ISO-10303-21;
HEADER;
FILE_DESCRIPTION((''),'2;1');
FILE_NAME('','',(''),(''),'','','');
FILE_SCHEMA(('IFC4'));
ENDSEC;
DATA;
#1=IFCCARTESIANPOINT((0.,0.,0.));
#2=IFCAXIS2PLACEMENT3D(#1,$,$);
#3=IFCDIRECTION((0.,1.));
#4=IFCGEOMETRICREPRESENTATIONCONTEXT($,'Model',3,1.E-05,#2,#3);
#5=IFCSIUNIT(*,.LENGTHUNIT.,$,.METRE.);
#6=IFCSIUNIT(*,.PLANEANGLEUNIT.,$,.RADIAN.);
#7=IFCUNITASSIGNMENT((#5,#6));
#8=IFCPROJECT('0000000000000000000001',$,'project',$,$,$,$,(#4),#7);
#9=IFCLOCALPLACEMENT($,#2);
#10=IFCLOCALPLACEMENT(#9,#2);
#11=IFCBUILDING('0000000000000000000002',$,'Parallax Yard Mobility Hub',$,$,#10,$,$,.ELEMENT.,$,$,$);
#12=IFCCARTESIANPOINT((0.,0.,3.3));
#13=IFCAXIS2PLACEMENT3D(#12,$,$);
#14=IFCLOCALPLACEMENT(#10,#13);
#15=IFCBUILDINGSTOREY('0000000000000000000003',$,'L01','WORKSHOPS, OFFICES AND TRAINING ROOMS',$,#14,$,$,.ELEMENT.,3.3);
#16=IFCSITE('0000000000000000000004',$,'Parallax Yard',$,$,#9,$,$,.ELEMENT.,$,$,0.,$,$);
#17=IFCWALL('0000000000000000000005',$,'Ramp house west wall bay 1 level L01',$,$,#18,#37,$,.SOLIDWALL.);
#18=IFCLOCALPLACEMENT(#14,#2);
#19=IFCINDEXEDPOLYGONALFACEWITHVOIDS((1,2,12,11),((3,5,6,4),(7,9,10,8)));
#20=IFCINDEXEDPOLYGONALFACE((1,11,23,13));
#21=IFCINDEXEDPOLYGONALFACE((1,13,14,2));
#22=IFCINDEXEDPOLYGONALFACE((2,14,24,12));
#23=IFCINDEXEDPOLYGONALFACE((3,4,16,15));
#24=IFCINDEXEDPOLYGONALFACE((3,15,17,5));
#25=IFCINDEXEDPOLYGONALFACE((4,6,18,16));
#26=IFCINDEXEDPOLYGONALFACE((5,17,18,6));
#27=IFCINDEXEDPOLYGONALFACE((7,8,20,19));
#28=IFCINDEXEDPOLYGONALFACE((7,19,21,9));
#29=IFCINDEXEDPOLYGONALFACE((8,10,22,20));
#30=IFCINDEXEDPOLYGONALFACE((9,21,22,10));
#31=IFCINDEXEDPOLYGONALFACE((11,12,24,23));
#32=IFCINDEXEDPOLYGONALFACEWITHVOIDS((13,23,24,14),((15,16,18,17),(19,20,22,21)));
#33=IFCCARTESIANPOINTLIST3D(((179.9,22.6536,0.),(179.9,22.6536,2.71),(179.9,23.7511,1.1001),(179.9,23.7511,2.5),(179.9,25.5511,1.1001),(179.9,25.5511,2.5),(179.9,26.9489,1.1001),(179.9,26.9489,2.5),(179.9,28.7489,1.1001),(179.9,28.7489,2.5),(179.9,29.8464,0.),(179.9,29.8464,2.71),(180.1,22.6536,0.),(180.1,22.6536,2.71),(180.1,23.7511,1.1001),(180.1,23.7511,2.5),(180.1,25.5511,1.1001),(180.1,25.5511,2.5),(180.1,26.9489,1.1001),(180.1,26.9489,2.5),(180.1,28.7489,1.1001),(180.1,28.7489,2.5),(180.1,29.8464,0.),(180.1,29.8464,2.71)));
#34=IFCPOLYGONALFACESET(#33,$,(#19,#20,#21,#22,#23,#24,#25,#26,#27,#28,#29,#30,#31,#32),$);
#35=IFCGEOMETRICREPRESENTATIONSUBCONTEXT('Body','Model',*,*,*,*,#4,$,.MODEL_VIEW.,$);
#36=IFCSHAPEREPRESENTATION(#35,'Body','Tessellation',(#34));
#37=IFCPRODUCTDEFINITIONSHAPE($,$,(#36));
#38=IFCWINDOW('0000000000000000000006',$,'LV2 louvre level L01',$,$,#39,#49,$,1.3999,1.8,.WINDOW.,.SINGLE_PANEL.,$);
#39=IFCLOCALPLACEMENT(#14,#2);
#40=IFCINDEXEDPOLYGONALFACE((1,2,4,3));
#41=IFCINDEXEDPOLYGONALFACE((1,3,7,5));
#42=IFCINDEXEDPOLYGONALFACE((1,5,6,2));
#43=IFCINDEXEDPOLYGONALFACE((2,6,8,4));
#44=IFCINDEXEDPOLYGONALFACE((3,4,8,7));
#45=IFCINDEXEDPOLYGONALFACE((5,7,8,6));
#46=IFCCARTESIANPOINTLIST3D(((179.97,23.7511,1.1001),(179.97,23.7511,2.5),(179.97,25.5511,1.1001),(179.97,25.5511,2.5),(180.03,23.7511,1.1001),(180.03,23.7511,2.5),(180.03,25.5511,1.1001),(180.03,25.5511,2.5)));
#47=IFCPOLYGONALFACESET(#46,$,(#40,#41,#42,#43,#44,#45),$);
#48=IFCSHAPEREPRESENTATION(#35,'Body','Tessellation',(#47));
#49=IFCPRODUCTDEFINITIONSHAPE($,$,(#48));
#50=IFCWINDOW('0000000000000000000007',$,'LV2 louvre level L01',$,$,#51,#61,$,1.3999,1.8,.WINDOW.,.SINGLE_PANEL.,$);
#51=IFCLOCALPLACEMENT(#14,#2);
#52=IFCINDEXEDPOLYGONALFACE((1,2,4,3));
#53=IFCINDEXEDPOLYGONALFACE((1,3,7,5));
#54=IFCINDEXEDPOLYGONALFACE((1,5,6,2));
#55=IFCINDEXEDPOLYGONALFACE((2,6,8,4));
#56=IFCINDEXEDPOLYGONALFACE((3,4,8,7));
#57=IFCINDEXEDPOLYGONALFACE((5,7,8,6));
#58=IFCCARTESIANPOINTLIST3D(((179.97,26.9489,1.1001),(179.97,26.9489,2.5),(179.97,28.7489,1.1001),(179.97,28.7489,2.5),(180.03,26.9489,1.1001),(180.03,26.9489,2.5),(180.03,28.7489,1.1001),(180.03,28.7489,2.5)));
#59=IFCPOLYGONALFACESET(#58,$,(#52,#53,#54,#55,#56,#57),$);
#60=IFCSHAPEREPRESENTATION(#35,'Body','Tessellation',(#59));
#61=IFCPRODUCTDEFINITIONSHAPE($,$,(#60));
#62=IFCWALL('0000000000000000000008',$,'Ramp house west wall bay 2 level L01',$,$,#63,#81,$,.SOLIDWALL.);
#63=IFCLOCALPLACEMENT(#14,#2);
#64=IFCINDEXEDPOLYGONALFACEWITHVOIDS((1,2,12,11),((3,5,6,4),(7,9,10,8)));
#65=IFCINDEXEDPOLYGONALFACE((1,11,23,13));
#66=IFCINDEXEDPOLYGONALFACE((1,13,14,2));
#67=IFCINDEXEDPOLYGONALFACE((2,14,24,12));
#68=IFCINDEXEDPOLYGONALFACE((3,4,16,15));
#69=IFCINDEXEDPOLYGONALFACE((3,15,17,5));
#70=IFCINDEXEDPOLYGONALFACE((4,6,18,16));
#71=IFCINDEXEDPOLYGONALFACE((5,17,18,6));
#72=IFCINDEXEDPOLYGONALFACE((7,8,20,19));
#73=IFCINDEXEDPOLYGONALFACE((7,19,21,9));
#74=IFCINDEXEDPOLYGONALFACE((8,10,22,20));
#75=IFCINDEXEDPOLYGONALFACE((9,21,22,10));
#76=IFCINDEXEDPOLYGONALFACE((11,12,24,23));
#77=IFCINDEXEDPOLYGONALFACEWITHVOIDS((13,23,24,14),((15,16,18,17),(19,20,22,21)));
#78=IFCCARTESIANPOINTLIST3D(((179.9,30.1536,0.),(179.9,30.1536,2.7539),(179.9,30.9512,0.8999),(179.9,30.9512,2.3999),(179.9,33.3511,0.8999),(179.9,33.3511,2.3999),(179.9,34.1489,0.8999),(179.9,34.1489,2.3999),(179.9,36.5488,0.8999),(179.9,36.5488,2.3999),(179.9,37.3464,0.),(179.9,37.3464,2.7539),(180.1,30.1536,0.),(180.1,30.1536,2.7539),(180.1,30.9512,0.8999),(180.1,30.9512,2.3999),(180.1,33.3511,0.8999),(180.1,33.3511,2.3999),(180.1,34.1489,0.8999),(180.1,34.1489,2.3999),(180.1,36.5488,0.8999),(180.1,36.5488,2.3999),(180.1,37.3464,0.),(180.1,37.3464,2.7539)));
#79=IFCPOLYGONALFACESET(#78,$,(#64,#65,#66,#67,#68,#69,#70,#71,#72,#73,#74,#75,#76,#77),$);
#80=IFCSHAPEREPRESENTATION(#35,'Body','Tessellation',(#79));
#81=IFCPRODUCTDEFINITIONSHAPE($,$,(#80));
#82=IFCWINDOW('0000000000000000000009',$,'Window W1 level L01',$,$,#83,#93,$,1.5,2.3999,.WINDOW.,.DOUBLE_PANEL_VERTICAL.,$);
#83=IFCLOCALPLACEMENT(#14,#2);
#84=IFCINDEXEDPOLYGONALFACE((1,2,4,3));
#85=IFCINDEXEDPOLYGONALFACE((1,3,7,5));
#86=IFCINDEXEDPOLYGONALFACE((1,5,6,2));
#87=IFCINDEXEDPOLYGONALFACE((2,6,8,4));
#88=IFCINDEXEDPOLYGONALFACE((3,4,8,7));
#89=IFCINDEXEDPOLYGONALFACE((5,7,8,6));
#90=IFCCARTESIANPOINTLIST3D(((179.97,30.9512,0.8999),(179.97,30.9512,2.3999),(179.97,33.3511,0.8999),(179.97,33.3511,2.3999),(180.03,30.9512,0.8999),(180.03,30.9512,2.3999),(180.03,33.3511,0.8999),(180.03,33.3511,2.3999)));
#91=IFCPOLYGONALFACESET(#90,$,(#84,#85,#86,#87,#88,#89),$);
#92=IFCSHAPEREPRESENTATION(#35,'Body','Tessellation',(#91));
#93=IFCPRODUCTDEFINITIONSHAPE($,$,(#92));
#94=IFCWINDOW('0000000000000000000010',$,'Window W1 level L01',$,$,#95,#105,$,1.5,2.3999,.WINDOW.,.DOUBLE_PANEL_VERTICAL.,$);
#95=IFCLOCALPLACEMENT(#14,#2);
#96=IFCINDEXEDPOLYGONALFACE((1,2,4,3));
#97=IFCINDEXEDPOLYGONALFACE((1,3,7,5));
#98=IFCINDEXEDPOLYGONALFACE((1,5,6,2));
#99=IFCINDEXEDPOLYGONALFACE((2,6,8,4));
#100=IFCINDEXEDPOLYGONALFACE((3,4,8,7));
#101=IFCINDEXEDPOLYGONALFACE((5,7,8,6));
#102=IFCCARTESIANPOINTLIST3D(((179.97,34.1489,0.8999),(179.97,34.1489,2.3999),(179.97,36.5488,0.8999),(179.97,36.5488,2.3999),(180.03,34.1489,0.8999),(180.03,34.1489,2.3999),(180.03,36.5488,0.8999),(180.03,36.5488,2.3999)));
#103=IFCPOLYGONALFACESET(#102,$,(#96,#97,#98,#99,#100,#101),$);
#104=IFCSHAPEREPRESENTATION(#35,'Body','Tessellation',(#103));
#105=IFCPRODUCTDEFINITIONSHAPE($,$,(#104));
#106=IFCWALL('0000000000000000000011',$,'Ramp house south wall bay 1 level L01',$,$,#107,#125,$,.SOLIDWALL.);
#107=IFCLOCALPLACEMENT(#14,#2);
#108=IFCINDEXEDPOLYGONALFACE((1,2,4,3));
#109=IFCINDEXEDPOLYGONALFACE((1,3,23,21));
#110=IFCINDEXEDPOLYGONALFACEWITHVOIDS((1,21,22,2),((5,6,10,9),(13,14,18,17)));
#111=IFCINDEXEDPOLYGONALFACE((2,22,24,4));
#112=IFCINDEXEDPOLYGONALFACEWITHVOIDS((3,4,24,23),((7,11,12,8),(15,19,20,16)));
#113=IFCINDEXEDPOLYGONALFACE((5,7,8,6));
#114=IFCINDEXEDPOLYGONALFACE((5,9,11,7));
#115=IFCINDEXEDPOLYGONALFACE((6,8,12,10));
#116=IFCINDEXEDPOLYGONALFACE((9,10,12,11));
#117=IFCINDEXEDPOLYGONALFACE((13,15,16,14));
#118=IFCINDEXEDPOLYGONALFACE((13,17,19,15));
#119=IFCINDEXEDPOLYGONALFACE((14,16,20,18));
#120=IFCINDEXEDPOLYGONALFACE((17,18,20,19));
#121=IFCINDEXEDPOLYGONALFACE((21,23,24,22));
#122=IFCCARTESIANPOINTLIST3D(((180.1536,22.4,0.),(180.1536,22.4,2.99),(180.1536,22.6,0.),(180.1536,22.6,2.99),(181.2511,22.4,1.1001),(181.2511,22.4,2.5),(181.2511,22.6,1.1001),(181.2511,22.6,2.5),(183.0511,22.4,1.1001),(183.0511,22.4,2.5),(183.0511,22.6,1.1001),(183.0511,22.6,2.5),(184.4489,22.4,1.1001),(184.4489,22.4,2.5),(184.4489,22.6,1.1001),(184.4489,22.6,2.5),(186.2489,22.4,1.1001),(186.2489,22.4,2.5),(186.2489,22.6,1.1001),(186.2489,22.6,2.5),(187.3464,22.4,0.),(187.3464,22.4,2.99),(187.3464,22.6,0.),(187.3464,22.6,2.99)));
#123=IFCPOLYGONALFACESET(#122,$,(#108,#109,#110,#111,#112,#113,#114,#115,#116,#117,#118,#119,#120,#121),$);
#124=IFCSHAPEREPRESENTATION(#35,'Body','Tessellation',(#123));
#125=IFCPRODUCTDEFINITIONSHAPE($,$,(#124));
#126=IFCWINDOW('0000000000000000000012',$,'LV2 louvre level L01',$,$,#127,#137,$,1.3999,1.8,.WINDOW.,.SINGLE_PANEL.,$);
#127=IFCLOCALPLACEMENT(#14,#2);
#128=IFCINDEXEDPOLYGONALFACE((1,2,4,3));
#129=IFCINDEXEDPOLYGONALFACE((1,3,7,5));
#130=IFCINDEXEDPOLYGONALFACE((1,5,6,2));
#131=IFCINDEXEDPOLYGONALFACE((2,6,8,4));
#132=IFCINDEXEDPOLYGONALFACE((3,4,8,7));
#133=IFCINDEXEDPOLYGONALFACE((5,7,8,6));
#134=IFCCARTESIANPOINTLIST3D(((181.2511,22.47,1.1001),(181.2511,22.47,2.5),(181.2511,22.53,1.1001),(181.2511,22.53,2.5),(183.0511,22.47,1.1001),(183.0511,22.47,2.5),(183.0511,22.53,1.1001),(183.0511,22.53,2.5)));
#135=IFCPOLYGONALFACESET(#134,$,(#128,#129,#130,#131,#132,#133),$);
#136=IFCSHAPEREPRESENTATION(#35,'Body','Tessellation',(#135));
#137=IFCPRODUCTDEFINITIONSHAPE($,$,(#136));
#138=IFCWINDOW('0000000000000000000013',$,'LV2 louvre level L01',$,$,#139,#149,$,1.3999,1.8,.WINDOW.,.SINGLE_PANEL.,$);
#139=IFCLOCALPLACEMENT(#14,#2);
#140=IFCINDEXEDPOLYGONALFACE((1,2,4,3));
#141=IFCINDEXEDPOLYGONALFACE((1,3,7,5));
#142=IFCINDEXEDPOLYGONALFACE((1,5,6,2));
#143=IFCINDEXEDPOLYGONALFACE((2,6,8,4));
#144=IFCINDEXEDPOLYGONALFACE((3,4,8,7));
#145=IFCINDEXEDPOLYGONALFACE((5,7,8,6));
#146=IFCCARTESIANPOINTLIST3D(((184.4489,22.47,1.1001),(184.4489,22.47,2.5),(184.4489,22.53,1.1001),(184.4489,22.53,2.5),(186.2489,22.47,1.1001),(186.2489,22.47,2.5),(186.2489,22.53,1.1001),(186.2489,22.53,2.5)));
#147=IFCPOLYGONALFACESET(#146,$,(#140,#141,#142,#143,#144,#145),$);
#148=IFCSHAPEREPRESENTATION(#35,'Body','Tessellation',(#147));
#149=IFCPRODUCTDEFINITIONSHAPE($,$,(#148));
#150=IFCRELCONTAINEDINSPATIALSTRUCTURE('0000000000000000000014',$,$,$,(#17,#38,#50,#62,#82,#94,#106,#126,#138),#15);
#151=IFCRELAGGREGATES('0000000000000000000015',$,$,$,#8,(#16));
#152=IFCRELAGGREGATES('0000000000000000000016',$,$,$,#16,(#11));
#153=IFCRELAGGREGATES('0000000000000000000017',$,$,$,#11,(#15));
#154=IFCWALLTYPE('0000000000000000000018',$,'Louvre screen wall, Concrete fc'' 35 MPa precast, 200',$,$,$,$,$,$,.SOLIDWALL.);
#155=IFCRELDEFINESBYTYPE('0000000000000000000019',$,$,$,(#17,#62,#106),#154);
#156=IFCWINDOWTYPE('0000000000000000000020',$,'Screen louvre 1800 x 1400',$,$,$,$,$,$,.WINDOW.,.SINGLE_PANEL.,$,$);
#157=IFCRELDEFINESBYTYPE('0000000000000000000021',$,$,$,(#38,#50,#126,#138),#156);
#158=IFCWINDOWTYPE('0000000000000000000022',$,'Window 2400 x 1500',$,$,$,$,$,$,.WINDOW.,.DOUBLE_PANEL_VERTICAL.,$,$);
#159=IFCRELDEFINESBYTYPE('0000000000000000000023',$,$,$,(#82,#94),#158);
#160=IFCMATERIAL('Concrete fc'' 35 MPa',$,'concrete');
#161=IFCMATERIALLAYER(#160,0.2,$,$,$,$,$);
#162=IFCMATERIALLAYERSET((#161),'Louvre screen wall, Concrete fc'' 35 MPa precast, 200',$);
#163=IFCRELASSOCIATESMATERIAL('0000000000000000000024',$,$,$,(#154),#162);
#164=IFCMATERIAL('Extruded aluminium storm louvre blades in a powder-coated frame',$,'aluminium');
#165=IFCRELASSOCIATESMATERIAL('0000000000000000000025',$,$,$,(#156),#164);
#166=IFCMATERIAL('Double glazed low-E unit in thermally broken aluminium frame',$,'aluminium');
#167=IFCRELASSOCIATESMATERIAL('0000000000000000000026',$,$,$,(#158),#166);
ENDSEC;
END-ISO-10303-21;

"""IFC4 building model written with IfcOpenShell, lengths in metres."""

from ifc_helpers import new_model, si_unit, direction, frame, frame_2d, origin, place, context, subcontext, project, spatial, rectangle, extrude, material, layer, layer_set, type_object, element, fill, save


model = new_model("IFC4")

# Units and contexts
model_context = context("Model", 3, precision=1e-05, world=origin(), true_north=direction((0.0, 1.0)))
body_context = subcontext(model_context, "Body", "Model", "MODEL_VIEW")
ifc_project = project(units=[si_unit("LENGTHUNIT", "METRE"), si_unit("PLANEANGLEUNIT", "RADIAN")], contexts=[model_context])

# Site, building, storey
site_placement = place(None, origin())
site = spatial("IfcSite", under=ifc_project, at=site_placement, Name="Parallax Yard", CompositionType="ELEMENT", RefElevation=0.0)
building_placement = place(site_placement, origin())
building = spatial("IfcBuilding", under=site, at=building_placement, Name="Parallax Yard Mobility Hub", CompositionType="ELEMENT")
storey_placement = place(building_placement, frame((0.0, 0.0, 3.3)))
storey = spatial("IfcBuildingStorey", under=building, at=storey_placement, Name="L01", Description="WORKSHOPS, OFFICES AND TRAINING ROOMS", CompositionType="ELEMENT", Elevation=3.3)

# Walls, openings, windows
ifc_material_1 = material(Name="Concrete fc' 35 MPa", Category="concrete")
ifc_layer = layer(ifc_material_1, 0.2)
ifc_layer_set = layer_set([ifc_layer], Name="Louvre screen wall, Concrete fc' 35 MPa precast, 200")
wall_type = type_object("IfcWallType", Name="Louvre screen wall, Concrete fc' 35 MPa precast, 200", PredefinedType="SOLIDWALL", material=ifc_layer_set)
wall_1_placement = place(storey_placement, frame((180.0, 22.6536, 0.0), z_axis=(0.0, 0.0, 1.0), x_axis=(0.0, 1.0, 0.0)))
wall_1 = element("IfcWall", 1, at=wall_1_placement, inside=storey, type_object=wall_type, Name="Ramp house west wall bay 1 level L01", PredefinedType="SOLIDWALL", context=body_context, shape_type="SweptSolid", body=[
    extrude(rectangle(XDim=7.1929, YDim=0.2, at=frame_2d((3.5964, 0.0))), origin(), (0.0, 0.0, 1.0), 2.71),
])
opening_1_placement = place(wall_1_placement, frame((1.0977, 0.0, 1.1001)))
opening_1 = element("IfcOpeningElement", 2, at=opening_1_placement, cuts=wall_1, PredefinedType="OPENING", context=body_context, shape_type="SweptSolid", body=[
    extrude(rectangle(XDim=1.8, YDim=1.3999, at=frame_2d((0.8999, 0.7))), frame((0.0, 0.1099, 0.0), z_axis=(0.0, -1.0, 0.0), x_axis=(1.0, 0.0, 0.0)), (0.0, 0.0, 1.0), 0.22),
])
opening_2_placement = place(wall_1_placement, frame((4.2954, 0.0, 1.1001)))
opening_2 = element("IfcOpeningElement", 3, at=opening_2_placement, cuts=wall_1, PredefinedType="OPENING", context=body_context, shape_type="SweptSolid", body=[
    extrude(rectangle(XDim=1.8, YDim=1.3999, at=frame_2d((0.8999, 0.7))), frame((0.0, 0.1099, 0.0), z_axis=(0.0, -1.0, 0.0), x_axis=(1.0, 0.0, 0.0)), (0.0, 0.0, 1.0), 0.22),
])
ifc_material_2 = material(Name="Extruded aluminium storm louvre blades in a powder-coated frame", Category="aluminium")
window_type_1 = type_object("IfcWindowType", Name="Screen louvre 1800 x 1400", PartitioningType="SINGLE_PANEL", PredefinedType="WINDOW", material=ifc_material_2)
window_1_placement = place(opening_1_placement, origin())
window_1 = element("IfcWindow", 4, at=window_1_placement, inside=storey, type_object=window_type_1, Name="LV2 louvre level L01", OverallHeight=1.3999, OverallWidth=1.8, PartitioningType="SINGLE_PANEL", PredefinedType="WINDOW", context=body_context, shape_type="SweptSolid", body=[
    extrude(rectangle(XDim=1.8, YDim=1.3999, at=frame_2d((0.8999, 0.7))), frame((0.0, 0.03, 0.0), z_axis=(0.0, -1.0, 0.0), x_axis=(1.0, 0.0, 0.0)), (0.0, 0.0, 1.0), 0.0601),
])
fill(opening_1, window_1)
window_2_placement = place(opening_2_placement, origin())
window_2 = element("IfcWindow", 5, at=window_2_placement, inside=storey, type_object=window_type_1, Name="LV2 louvre level L01", OverallHeight=1.3999, OverallWidth=1.8, PartitioningType="SINGLE_PANEL", PredefinedType="WINDOW", context=body_context, shape_type="SweptSolid", body=[
    extrude(rectangle(XDim=1.8, YDim=1.3999, at=frame_2d((0.8999, 0.7))), frame((0.0, 0.03, 0.0), z_axis=(0.0, -1.0, 0.0), x_axis=(1.0, 0.0, 0.0)), (0.0, 0.0, 1.0), 0.0601),
])
fill(opening_2, window_2)
wall_2_placement = place(storey_placement, frame((180.0, 30.1536, 0.0), z_axis=(0.0, 0.0, 1.0), x_axis=(0.0, 1.0, 0.0)))
wall_2 = element("IfcWall", 6, at=wall_2_placement, inside=storey, type_object=wall_type, Name="Ramp house west wall bay 2 level L01", PredefinedType="SOLIDWALL", context=body_context, shape_type="SweptSolid", body=[
    extrude(rectangle(XDim=7.1929, YDim=0.2, at=frame_2d((3.5964, 0.0))), origin(), (0.0, 0.0, 1.0), 2.7539),
])
opening_3_placement = place(wall_2_placement, frame((0.7976, 0.0, 0.8999)))
opening_3 = element("IfcOpeningElement", 7, at=opening_3_placement, cuts=wall_2, PredefinedType="OPENING", context=body_context, shape_type="SweptSolid", body=[
    extrude(rectangle(XDim=2.3999, YDim=1.5, at=frame_2d((1.2, 0.75))), frame((0.0, 0.1099, 0.0), z_axis=(0.0, -1.0, 0.0), x_axis=(1.0, 0.0, 0.0)), (0.0, 0.0, 1.0), 0.22),
])
opening_4_placement = place(wall_2_placement, frame((3.9954, 0.0, 0.8999)))
opening_4 = element("IfcOpeningElement", 8, at=opening_4_placement, cuts=wall_2, PredefinedType="OPENING", context=body_context, shape_type="SweptSolid", body=[
    extrude(rectangle(XDim=2.3999, YDim=1.5, at=frame_2d((1.2, 0.75))), frame((0.0, 0.1099, 0.0), z_axis=(0.0, -1.0, 0.0), x_axis=(1.0, 0.0, 0.0)), (0.0, 0.0, 1.0), 0.22),
])
ifc_material_3 = material(Name="Double glazed low-E unit in thermally broken aluminium frame", Category="aluminium")
window_type_2 = type_object("IfcWindowType", Name="Window 2400 x 1500", PartitioningType="DOUBLE_PANEL_VERTICAL", PredefinedType="WINDOW", material=ifc_material_3)
window_3_placement = place(opening_3_placement, origin())
window_3 = element("IfcWindow", 9, at=window_3_placement, inside=storey, type_object=window_type_2, Name="Window W1 level L01", OverallHeight=1.5, OverallWidth=2.3999, PartitioningType="DOUBLE_PANEL_VERTICAL", PredefinedType="WINDOW", context=body_context, shape_type="SweptSolid", body=[
    extrude(rectangle(XDim=2.3999, YDim=1.5, at=frame_2d((1.2, 0.75))), frame((0.0, 0.03, 0.0), z_axis=(0.0, -1.0, 0.0), x_axis=(1.0, 0.0, 0.0)), (0.0, 0.0, 1.0), 0.0601),
])
fill(opening_3, window_3)
window_4_placement = place(opening_4_placement, origin())
window_4 = element("IfcWindow", 10, at=window_4_placement, inside=storey, type_object=window_type_2, Name="Window W1 level L01", OverallHeight=1.5, OverallWidth=2.3999, PartitioningType="DOUBLE_PANEL_VERTICAL", PredefinedType="WINDOW", context=body_context, shape_type="SweptSolid", body=[
    extrude(rectangle(XDim=2.3999, YDim=1.5, at=frame_2d((1.2, 0.75))), frame((0.0, 0.03, 0.0), z_axis=(0.0, -1.0, 0.0), x_axis=(1.0, 0.0, 0.0)), (0.0, 0.0, 1.0), 0.0601),
])
fill(opening_4, window_4)
wall_3_placement = place(storey_placement, frame((180.1536, 22.5, 0.0), z_axis=(0.0, 0.0, 1.0), x_axis=(1.0, 0.0, 0.0)))
wall_3 = element("IfcWall", 11, at=wall_3_placement, inside=storey, type_object=wall_type, Name="Ramp house south wall bay 1 level L01", PredefinedType="SOLIDWALL", context=body_context, shape_type="SweptSolid", body=[
    extrude(rectangle(XDim=7.1929, YDim=0.2, at=frame_2d((3.5964, 0.0))), origin(), (0.0, 0.0, 1.0), 2.99),
])
opening_5_placement = place(wall_3_placement, frame((1.0977, 0.0, 1.1001)))
opening_5 = element("IfcOpeningElement", 12, at=opening_5_placement, cuts=wall_3, PredefinedType="OPENING", context=body_context, shape_type="SweptSolid", body=[
    extrude(rectangle(XDim=1.8, YDim=1.3999, at=frame_2d((0.8999, 0.7))), frame((0.0, 0.1099, 0.0), z_axis=(0.0, -1.0, 0.0), x_axis=(1.0, 0.0, 0.0)), (0.0, 0.0, 1.0), 0.22),
])
opening_6_placement = place(wall_3_placement, frame((4.2954, 0.0, 1.1001)))
opening_6 = element("IfcOpeningElement", 13, at=opening_6_placement, cuts=wall_3, PredefinedType="OPENING", context=body_context, shape_type="SweptSolid", body=[
    extrude(rectangle(XDim=1.8, YDim=1.3999, at=frame_2d((0.8999, 0.7))), frame((0.0, 0.1099, 0.0), z_axis=(0.0, -1.0, 0.0), x_axis=(1.0, 0.0, 0.0)), (0.0, 0.0, 1.0), 0.22),
])
window_5_placement = place(opening_5_placement, origin())
window_5 = element("IfcWindow", 14, at=window_5_placement, inside=storey, type_object=window_type_1, Name="LV2 louvre level L01", OverallHeight=1.3999, OverallWidth=1.8, PartitioningType="SINGLE_PANEL", PredefinedType="WINDOW", context=body_context, shape_type="SweptSolid", body=[
    extrude(rectangle(XDim=1.8, YDim=1.3999, at=frame_2d((0.8999, 0.7))), frame((0.0, 0.03, 0.0), z_axis=(0.0, -1.0, 0.0), x_axis=(1.0, 0.0, 0.0)), (0.0, 0.0, 1.0), 0.0601),
])
fill(opening_5, window_5)
window_6_placement = place(opening_6_placement, origin())
window_6 = element("IfcWindow", 15, at=window_6_placement, inside=storey, type_object=window_type_1, Name="LV2 louvre level L01", OverallHeight=1.3999, OverallWidth=1.8, PartitioningType="SINGLE_PANEL", PredefinedType="WINDOW", context=body_context, shape_type="SweptSolid", body=[
    extrude(rectangle(XDim=1.8, YDim=1.3999, at=frame_2d((0.8999, 0.7))), frame((0.0, 0.03, 0.0), z_axis=(0.0, -1.0, 0.0), x_axis=(1.0, 0.0, 0.0)), (0.0, 0.0, 1.0), 0.0601),
])
fill(opening_6, window_6)

save(model, "model.ifc")
